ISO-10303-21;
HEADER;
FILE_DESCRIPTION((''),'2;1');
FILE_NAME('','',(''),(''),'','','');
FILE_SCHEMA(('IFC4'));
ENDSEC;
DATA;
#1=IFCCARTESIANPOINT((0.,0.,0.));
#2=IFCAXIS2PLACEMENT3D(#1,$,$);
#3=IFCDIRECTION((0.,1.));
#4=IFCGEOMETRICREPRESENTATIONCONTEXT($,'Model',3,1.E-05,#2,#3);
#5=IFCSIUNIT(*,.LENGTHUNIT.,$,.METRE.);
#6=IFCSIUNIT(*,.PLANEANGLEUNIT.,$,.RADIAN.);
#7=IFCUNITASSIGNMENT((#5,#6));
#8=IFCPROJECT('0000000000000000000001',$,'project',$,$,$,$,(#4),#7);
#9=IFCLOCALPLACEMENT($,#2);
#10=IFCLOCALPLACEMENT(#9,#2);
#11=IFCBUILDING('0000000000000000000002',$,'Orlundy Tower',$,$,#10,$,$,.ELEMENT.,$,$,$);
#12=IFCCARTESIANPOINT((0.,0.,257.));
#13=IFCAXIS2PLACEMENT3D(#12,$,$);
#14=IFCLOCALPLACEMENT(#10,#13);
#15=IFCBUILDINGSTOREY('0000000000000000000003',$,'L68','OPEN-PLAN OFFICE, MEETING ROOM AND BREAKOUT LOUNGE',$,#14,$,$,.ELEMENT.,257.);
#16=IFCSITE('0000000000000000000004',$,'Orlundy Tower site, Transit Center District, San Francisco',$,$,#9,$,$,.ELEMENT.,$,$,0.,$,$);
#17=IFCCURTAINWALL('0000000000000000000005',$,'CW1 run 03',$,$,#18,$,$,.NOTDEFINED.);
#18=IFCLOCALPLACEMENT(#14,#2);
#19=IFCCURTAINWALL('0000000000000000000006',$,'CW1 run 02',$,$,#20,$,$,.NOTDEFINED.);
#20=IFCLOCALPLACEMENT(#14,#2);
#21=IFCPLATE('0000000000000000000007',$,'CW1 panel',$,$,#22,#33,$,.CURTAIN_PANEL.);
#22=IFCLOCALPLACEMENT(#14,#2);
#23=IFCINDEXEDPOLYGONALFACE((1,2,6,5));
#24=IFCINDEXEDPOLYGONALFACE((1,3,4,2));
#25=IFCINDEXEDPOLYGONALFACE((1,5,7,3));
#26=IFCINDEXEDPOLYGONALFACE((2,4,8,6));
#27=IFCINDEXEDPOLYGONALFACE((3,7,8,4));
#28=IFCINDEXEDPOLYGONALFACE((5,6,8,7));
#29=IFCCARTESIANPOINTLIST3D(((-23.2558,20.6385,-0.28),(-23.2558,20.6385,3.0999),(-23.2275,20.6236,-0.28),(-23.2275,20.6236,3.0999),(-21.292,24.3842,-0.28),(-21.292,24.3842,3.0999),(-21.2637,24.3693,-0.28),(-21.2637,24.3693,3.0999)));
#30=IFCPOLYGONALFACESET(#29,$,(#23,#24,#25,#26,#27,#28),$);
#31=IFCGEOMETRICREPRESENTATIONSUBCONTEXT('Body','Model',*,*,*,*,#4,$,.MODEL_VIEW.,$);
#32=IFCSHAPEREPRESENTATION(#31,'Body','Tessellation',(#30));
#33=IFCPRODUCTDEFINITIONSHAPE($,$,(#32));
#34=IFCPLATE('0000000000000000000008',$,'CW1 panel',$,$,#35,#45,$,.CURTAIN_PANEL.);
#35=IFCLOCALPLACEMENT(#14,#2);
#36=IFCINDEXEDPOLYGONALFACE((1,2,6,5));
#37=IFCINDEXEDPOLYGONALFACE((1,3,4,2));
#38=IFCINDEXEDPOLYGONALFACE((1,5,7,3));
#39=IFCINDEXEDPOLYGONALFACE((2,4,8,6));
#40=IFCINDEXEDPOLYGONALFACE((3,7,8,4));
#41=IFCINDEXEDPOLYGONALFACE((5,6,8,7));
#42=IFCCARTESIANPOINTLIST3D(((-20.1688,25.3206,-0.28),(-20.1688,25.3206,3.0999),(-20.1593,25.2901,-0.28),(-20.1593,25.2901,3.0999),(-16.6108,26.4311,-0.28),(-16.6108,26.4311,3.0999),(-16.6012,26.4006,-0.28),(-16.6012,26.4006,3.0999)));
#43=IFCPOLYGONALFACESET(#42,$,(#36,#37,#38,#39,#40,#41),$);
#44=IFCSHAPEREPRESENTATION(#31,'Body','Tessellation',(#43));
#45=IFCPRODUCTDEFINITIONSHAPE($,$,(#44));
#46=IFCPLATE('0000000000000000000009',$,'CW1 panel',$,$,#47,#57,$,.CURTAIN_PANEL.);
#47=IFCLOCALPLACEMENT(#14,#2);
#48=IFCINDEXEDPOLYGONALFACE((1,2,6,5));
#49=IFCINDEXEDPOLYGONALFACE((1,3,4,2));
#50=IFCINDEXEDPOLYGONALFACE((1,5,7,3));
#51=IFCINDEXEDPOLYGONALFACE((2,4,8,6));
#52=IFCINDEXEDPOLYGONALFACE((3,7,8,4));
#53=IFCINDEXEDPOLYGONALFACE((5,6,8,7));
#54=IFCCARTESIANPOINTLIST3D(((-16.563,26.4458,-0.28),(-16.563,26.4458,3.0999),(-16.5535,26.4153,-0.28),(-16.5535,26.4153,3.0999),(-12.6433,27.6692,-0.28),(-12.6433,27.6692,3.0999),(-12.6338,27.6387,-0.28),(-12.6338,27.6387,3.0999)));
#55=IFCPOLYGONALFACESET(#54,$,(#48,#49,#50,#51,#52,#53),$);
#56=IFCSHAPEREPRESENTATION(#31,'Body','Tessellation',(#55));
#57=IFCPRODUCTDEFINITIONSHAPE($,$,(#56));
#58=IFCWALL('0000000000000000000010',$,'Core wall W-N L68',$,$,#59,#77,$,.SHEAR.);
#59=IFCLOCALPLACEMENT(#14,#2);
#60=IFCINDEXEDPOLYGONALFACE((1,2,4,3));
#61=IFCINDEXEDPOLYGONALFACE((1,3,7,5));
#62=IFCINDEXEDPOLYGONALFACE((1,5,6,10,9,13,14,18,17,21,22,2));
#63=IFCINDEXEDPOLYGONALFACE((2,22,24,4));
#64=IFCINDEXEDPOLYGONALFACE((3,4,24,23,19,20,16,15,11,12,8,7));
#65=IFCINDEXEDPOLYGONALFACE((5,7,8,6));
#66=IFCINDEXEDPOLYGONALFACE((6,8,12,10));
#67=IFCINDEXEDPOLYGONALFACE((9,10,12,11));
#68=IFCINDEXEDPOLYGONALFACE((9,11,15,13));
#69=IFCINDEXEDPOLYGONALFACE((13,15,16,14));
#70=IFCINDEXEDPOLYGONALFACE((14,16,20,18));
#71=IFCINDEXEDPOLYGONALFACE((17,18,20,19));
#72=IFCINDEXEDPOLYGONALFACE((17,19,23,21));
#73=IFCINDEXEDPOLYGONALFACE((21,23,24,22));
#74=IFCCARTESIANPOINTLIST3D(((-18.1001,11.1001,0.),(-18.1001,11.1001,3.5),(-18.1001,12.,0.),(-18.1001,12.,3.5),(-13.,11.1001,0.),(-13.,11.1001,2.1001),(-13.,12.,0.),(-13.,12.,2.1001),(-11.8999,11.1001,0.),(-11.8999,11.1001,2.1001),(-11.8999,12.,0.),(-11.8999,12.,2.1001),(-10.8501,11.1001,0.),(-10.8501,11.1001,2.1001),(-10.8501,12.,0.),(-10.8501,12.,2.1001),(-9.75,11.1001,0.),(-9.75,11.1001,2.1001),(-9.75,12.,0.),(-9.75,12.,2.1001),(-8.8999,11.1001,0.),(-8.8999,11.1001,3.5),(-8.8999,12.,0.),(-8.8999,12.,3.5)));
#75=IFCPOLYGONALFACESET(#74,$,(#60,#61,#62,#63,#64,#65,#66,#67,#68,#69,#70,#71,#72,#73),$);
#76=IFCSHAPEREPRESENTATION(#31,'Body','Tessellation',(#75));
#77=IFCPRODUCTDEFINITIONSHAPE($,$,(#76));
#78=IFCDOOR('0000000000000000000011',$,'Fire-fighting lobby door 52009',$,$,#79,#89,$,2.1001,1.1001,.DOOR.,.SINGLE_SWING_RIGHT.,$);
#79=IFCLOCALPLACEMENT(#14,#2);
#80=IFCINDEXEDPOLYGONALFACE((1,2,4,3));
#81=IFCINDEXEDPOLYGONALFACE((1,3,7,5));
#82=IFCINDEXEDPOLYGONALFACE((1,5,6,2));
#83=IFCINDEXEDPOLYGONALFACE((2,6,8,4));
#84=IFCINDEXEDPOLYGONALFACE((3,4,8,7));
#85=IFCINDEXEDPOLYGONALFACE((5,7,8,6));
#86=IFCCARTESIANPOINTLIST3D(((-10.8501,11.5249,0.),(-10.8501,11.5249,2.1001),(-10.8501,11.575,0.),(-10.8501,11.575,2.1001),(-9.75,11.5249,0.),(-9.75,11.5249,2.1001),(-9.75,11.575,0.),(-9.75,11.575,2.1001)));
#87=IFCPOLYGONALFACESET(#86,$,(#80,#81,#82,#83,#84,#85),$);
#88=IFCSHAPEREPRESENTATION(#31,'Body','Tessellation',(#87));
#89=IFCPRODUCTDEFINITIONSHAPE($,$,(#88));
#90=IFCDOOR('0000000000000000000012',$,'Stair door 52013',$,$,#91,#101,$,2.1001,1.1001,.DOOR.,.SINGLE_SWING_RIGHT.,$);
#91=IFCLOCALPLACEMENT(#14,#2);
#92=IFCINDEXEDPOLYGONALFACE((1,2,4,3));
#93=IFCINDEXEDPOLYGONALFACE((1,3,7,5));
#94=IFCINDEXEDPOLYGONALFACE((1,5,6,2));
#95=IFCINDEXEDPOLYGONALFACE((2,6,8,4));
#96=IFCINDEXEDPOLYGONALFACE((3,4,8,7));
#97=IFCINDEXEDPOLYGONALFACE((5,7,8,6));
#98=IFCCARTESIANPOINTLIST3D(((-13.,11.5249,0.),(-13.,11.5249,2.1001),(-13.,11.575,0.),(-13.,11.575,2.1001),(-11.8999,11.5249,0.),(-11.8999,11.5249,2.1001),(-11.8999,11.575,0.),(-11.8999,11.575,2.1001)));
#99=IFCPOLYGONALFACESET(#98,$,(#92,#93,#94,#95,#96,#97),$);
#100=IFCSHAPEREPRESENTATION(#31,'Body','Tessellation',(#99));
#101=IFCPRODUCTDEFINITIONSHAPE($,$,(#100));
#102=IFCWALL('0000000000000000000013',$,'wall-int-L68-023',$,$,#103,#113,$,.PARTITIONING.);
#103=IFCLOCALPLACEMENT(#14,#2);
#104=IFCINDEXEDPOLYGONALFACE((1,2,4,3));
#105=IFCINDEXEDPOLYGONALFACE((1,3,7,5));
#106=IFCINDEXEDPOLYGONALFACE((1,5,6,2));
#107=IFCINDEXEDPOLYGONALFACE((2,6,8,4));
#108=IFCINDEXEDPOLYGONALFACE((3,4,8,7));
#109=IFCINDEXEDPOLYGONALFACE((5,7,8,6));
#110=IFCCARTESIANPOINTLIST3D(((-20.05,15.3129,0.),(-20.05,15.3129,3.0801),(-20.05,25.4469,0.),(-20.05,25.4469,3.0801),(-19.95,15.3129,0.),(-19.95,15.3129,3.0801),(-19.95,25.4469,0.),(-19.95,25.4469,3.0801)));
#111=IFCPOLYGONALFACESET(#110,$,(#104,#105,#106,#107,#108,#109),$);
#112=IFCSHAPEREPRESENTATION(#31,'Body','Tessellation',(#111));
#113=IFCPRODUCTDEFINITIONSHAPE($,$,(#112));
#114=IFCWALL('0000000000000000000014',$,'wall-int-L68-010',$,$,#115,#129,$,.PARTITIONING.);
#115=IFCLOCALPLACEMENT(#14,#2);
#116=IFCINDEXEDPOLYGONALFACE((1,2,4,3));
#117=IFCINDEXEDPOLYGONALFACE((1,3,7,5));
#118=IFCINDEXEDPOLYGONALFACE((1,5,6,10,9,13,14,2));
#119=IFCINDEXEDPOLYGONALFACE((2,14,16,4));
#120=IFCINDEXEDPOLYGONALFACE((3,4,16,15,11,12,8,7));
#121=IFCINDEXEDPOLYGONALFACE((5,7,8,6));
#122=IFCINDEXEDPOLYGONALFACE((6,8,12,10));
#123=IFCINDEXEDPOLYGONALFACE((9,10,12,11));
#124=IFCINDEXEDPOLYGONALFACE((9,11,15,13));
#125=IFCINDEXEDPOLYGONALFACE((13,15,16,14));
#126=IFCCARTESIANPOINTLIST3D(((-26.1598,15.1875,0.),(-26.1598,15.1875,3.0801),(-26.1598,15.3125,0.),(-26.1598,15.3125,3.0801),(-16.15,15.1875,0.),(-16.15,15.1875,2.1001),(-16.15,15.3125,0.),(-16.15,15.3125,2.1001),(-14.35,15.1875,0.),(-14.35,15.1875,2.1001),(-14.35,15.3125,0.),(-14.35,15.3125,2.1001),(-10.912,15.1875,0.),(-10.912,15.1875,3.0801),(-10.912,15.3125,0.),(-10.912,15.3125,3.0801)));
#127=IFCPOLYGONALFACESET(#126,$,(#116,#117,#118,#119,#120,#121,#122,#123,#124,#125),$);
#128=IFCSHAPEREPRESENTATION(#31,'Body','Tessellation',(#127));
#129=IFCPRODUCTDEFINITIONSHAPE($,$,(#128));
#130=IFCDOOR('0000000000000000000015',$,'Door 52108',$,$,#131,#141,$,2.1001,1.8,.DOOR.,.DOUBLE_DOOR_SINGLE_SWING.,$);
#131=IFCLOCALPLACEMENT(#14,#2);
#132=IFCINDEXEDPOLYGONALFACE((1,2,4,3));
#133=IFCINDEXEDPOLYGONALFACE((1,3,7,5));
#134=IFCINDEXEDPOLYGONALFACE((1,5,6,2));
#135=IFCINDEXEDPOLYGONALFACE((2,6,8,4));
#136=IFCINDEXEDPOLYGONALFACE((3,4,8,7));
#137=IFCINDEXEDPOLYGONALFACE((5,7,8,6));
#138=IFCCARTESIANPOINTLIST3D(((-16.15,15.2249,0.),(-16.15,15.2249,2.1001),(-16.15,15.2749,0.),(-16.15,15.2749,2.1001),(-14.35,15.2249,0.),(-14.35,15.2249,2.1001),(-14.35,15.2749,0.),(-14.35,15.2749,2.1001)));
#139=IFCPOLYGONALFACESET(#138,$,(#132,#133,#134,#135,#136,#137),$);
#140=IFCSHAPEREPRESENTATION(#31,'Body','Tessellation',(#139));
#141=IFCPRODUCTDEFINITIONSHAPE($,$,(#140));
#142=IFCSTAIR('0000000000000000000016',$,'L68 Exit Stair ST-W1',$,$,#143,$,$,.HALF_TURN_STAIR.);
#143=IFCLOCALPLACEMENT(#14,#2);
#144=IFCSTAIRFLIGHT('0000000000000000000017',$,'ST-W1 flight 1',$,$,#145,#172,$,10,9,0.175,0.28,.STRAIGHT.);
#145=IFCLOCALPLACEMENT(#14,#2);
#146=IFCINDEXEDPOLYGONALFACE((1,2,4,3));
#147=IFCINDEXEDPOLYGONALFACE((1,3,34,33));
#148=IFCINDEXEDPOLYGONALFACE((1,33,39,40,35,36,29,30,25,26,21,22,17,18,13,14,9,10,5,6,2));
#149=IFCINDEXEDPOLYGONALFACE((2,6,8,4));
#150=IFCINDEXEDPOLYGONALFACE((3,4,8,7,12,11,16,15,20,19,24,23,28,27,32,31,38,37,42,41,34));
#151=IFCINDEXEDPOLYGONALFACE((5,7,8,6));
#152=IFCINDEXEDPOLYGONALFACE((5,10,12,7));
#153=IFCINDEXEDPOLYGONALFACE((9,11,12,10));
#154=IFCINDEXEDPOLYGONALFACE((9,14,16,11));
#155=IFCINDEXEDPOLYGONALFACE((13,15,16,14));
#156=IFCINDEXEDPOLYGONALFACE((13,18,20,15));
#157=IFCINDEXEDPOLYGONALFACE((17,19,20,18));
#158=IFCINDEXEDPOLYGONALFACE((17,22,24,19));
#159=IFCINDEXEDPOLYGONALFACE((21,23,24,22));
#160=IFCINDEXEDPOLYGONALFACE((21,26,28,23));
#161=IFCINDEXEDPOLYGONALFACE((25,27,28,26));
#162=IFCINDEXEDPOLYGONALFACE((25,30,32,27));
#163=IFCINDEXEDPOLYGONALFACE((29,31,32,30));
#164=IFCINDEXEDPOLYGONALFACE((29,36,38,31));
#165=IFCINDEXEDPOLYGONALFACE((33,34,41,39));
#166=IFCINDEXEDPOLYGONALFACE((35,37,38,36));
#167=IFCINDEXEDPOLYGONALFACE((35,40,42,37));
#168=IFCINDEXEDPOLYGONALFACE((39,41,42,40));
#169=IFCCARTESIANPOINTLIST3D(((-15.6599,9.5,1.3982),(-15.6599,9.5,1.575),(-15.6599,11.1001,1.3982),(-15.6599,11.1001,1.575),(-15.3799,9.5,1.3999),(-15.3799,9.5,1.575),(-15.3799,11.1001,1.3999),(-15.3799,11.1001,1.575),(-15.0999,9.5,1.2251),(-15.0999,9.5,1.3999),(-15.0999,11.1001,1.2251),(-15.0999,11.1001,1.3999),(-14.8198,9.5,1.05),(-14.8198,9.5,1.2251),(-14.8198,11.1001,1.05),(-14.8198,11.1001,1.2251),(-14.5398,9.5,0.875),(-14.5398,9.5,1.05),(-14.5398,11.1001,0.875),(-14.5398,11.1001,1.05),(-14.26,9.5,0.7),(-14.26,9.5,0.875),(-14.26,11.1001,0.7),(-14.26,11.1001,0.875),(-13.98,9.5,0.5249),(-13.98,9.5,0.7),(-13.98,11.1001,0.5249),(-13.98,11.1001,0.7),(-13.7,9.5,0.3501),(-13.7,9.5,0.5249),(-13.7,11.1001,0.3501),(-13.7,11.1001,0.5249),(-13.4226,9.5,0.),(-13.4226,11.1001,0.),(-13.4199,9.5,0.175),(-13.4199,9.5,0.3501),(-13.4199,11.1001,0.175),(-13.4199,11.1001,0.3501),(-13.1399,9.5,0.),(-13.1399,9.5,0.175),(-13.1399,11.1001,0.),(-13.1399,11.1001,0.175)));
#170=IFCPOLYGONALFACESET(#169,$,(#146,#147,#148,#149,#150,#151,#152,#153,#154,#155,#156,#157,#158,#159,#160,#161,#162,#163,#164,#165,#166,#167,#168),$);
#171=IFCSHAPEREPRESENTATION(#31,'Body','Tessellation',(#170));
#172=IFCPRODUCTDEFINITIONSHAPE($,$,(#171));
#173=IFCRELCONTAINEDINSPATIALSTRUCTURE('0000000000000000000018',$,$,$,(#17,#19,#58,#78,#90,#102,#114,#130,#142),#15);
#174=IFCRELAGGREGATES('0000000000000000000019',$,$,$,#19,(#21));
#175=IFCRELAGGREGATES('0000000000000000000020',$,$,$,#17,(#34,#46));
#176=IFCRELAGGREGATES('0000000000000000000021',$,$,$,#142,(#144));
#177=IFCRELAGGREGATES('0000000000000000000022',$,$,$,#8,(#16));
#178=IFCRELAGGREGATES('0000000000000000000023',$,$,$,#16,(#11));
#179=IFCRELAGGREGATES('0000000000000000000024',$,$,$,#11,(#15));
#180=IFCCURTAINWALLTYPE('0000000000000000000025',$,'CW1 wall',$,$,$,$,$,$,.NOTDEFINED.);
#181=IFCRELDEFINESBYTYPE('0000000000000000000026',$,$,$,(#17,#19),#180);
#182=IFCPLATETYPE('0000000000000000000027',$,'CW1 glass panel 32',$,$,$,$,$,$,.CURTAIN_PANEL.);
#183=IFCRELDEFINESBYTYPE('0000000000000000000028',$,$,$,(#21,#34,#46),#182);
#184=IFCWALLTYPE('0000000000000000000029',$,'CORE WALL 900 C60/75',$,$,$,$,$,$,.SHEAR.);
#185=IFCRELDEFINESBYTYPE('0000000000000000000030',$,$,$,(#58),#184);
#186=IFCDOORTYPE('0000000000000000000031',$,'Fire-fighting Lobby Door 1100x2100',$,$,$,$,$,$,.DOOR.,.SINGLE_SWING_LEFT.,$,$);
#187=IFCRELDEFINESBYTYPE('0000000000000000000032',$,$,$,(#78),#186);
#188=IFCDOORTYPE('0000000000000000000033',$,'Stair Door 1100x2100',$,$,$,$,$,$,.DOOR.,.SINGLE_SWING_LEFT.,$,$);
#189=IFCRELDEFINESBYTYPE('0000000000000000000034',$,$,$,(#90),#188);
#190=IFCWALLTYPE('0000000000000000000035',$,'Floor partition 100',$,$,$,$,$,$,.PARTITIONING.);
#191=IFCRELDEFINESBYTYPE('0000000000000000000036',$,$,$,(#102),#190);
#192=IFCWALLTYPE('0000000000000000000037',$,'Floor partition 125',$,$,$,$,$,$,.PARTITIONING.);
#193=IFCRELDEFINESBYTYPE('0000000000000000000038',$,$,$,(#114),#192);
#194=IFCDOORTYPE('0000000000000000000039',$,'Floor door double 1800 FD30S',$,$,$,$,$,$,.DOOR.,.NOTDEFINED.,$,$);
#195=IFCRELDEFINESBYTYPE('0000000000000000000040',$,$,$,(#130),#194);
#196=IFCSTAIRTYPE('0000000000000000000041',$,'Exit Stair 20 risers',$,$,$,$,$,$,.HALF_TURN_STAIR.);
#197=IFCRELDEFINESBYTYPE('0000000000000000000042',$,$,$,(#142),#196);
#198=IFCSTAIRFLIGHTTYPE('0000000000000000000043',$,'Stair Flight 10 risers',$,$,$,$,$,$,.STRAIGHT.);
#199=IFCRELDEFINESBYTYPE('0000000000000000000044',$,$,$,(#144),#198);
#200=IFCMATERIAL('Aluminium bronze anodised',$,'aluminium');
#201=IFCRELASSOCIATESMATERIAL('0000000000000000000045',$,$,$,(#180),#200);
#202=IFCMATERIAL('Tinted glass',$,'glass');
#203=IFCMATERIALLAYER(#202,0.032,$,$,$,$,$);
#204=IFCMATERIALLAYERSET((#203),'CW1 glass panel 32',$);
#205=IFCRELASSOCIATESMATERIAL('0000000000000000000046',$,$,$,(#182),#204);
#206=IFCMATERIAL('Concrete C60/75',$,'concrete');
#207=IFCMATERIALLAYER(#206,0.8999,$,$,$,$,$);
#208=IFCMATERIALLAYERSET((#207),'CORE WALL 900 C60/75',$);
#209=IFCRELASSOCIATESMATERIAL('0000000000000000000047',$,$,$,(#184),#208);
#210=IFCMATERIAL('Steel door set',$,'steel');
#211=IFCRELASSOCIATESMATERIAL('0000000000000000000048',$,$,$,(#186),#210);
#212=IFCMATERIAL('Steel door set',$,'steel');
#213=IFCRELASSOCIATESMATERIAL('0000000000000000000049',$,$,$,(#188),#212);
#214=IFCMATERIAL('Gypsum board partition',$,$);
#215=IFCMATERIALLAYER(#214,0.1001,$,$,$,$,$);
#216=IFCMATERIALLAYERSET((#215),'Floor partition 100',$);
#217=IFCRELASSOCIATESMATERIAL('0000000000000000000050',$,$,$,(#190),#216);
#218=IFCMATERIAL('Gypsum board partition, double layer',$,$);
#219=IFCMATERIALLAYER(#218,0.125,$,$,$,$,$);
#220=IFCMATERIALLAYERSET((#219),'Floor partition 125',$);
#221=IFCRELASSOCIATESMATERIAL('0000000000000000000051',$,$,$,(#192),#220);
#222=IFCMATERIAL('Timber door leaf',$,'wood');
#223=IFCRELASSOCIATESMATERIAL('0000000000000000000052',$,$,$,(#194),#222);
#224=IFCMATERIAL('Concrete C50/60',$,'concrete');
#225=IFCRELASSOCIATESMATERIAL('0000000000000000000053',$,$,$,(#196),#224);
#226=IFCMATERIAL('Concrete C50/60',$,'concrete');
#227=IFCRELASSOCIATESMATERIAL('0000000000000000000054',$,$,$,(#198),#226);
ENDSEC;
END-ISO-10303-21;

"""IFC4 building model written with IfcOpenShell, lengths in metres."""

from ifc_helpers import new_model, si_unit, direction, frame, frame_2d, origin, origin_2d, place, context, subcontext, project, spatial, polyline, rectangle, outline, extrude, material, layer, layer_set, type_object, element, fill, aggregate, save


model = new_model("IFC4")

# Units and contexts
model_context = context("Model", 3, precision=1e-05, world=origin(), true_north=direction((0.0, 1.0)))
body_context = subcontext(model_context, "Body", "Model", "MODEL_VIEW")
ifc_project = project(units=[si_unit("LENGTHUNIT", "METRE"), si_unit("PLANEANGLEUNIT", "RADIAN")], contexts=[model_context])

# Site, building, storey
site_placement = place(None, origin())
site = spatial("IfcSite", under=ifc_project, at=site_placement, Name="Orlundy Tower site, Transit Center District, San Francisco", CompositionType="ELEMENT", RefElevation=0.0)
building_placement = place(site_placement, origin())
building = spatial("IfcBuilding", under=site, at=building_placement, Name="Orlundy Tower", CompositionType="ELEMENT")
storey_placement = place(building_placement, frame((0.0, 0.0, 257.0)))
storey = spatial("IfcBuildingStorey", under=building, at=storey_placement, Name="L68", Description="OPEN-PLAN OFFICE, MEETING ROOM AND BREAKOUT LOUNGE", CompositionType="ELEMENT", Elevation=257.0)

# Curtain wall
ifc_material_1 = material(Name="Aluminium bronze anodised", Category="aluminium")
curtain_wall_type = type_object("IfcCurtainWallType", Name="CW1 wall", PredefinedType="NOTDEFINED", material=ifc_material_1)
curtain_wall_1_placement = place(storey_placement, origin())
curtain_wall_1 = element("IfcCurtainWall", 1, at=curtain_wall_1_placement, inside=storey, type_object=curtain_wall_type, Name="CW1 run 03", PredefinedType="NOTDEFINED")

# Curtain wall
curtain_wall_2_placement = place(storey_placement, origin())
curtain_wall_2 = element("IfcCurtainWall", 2, at=curtain_wall_2_placement, inside=storey, type_object=curtain_wall_type, Name="CW1 run 02", PredefinedType="NOTDEFINED")

# Plates
ifc_material_2 = material(Name="Tinted glass", Category="glass")
ifc_layer_1 = layer(ifc_material_2, 0.032)
ifc_layer_set_1 = layer_set([ifc_layer_1], Name="CW1 glass panel 32")
plate_type = type_object("IfcPlateType", Name="CW1 glass panel 32", PredefinedType="CURTAIN_PANEL", material=ifc_layer_set_1)
plate_1_placement = place(storey_placement, frame((-22.2598, 22.5039, -0.28), z_axis=(0.0, 0.0, 1.0), x_axis=(0.464336, 0.885659, 0.0)))
plate_1 = element("IfcPlate", 3, at=plate_1_placement, type_object=plate_type, Name="CW1 panel", PredefinedType="CURTAIN_PANEL", context=body_context, shape_type="SweptSolid", body=[
    extrude(rectangle(XDim=4.2292, YDim=0.032, at=origin_2d()), origin(), (0.0, 0.0, 1.0), 3.3799),
])
aggregate(curtain_wall_2, [plate_1])
plate_2_placement = place(storey_placement, frame((-18.385, 25.8606, -0.28), z_axis=(0.0, 0.0, 1.0), x_axis=(0.954586, 0.297935, 0.0)))
plate_2 = element("IfcPlate", 4, at=plate_2_placement, type_object=plate_type, Name="CW1 panel", PredefinedType="CURTAIN_PANEL", context=body_context, shape_type="SweptSolid", body=[
    extrude(rectangle(XDim=3.7273, YDim=0.032, at=origin_2d()), origin(), (0.0, 0.0, 1.0), 3.3799),
])
plate_3_placement = place(storey_placement, frame((-14.5984, 27.0422, -0.28), z_axis=(0.0, 0.0, 1.0), x_axis=(0.954586, 0.297935, 0.0)))
plate_3 = element("IfcPlate", 5, at=plate_3_placement, type_object=plate_type, Name="CW1 panel", PredefinedType="CURTAIN_PANEL", context=body_context, shape_type="SweptSolid", body=[
    extrude(rectangle(XDim=4.1062, YDim=0.032, at=origin_2d()), origin(), (0.0, 0.0, 1.0), 3.3799),
])
aggregate(curtain_wall_1, [plate_2, plate_3])

# Wall, openings, doors
ifc_material_3 = material(Name="Concrete C60/75", Category="concrete")
ifc_layer_2 = layer(ifc_material_3, 0.8999)
ifc_layer_set_2 = layer_set([ifc_layer_2], Name="CORE WALL 900 C60/75")
wall_type_1 = type_object("IfcWallType", Name="CORE WALL 900 C60/75", PredefinedType="SHEAR", material=ifc_layer_set_2)
wall_1_placement = place(storey_placement, frame((-18.1001, 11.55, 0.0), z_axis=(0.0, 0.0, 1.0), x_axis=(1.0, 0.0, 0.0)))
wall_1 = element("IfcWall", 6, at=wall_1_placement, inside=storey, type_object=wall_type_1, Name="Core wall W-N L68", PredefinedType="SHEAR", context=body_context, shape_type="SweptSolid", body=[
    extrude(rectangle(XDim=9.2002, YDim=0.8999, at=frame_2d((4.6001, 0.0))), origin(), (0.0, 0.0, 1.0), 3.5),
])
opening_1_placement = place(wall_1_placement, frame((7.25, 0.0, 0.0)))
opening_1 = element("IfcOpeningElement", 7, at=opening_1_placement, cuts=wall_1, PredefinedType="OPENING", context=body_context, shape_type="SweptSolid", body=[
    extrude(rectangle(XDim=1.1001, YDim=2.1001, at=frame_2d((0.55, 1.05))), frame((0.0, 0.46, 0.0), z_axis=(0.0, -1.0, 0.0), x_axis=(1.0, 0.0, 0.0)), (0.0, 0.0, 1.0), 0.9199),
])
opening_2_placement = place(wall_1_placement, frame((5.1001, 0.0, 0.0)))
opening_2 = element("IfcOpeningElement", 8, at=opening_2_placement, cuts=wall_1, PredefinedType="OPENING", context=body_context, shape_type="SweptSolid", body=[
    extrude(rectangle(XDim=1.1001, YDim=2.1001, at=frame_2d((0.55, 1.05))), frame((0.0, 0.46, 0.0), z_axis=(0.0, -1.0, 0.0), x_axis=(1.0, 0.0, 0.0)), (0.0, 0.0, 1.0), 0.9199),
])
ifc_material_4 = material(Name="Steel door set", Category="steel")
door_type_1 = type_object("IfcDoorType", Name="Fire-fighting Lobby Door 1100x2100", OperationType="SINGLE_SWING_LEFT", PredefinedType="DOOR", material=ifc_material_4)
door_1_placement = place(opening_1_placement, origin())
door_1 = element("IfcDoor", 9, at=door_1_placement, inside=storey, type_object=door_type_1, Name="Fire-fighting lobby door 52009", OperationType="SINGLE_SWING_RIGHT", OverallHeight=2.1001, OverallWidth=1.1001, PredefinedType="DOOR", context=body_context, shape_type="SweptSolid", body=[
    extrude(rectangle(XDim=1.1001, YDim=2.1001, at=frame_2d((0.55, 1.05))), frame((0.0, 0.0249, 0.0), z_axis=(0.0, -1.0, 0.0), x_axis=(1.0, 0.0, 0.0)), (0.0, 0.0, 1.0), 0.05),
])
fill(opening_1, door_1)
ifc_material_5 = material(Name="Steel door set", Category="steel")
door_type_2 = type_object("IfcDoorType", Name="Stair Door 1100x2100", OperationType="SINGLE_SWING_LEFT", PredefinedType="DOOR", material=ifc_material_5)
door_2_placement = place(opening_2_placement, origin())
door_2 = element("IfcDoor", 10, at=door_2_placement, inside=storey, type_object=door_type_2, Name="Stair door 52013", OperationType="SINGLE_SWING_RIGHT", OverallHeight=2.1001, OverallWidth=1.1001, PredefinedType="DOOR", context=body_context, shape_type="SweptSolid", body=[
    extrude(rectangle(XDim=1.1001, YDim=2.1001, at=frame_2d((0.55, 1.05))), frame((0.0, 0.0249, 0.0), z_axis=(0.0, -1.0, 0.0), x_axis=(1.0, 0.0, 0.0)), (0.0, 0.0, 1.0), 0.05),
])
fill(opening_2, door_2)

# Wall
ifc_material_6 = material(Name="Gypsum board partition")
ifc_layer_3 = layer(ifc_material_6, 0.1001)
ifc_layer_set_3 = layer_set([ifc_layer_3], Name="Floor partition 100")
wall_type_2 = type_object("IfcWallType", Name="Floor partition 100", PredefinedType="PARTITIONING", material=ifc_layer_set_3)
wall_2_placement = place(storey_placement, frame((-20.0, 15.313, 0.0), z_axis=(0.0, 0.0, 1.0), x_axis=(0.0, 1.0, 0.0)))
element("IfcWall", 11, at=wall_2_placement, inside=storey, type_object=wall_type_2, Name="wall-int-L68-023", PredefinedType="PARTITIONING", context=body_context, shape_type="SweptSolid", body=[
    extrude(rectangle(XDim=10.134, YDim=0.1001, at=frame_2d((5.0669, 0.0))), origin(), (0.0, 0.0, 1.0), 3.0801),
])

# Wall, opening, door
ifc_material_7 = material(Name="Gypsum board partition, double layer")
ifc_layer_4 = layer(ifc_material_7, 0.125)
ifc_layer_set_4 = layer_set([ifc_layer_4], Name="Floor partition 125")
wall_type_3 = type_object("IfcWallType", Name="Floor partition 125", PredefinedType="PARTITIONING", material=ifc_layer_set_4)
wall_3_placement = place(storey_placement, frame((-26.1599, 15.25, 0.0), z_axis=(0.0, 0.0, 1.0), x_axis=(1.0, 0.0, 0.0)))
wall_3 = element("IfcWall", 12, at=wall_3_placement, inside=storey, type_object=wall_type_3, Name="wall-int-L68-010", PredefinedType="PARTITIONING", context=body_context, shape_type="SweptSolid", body=[
    extrude(rectangle(XDim=15.2478, YDim=0.125, at=frame_2d((7.624, 0.0))), origin(), (0.0, 0.0, 1.0), 3.0801),
])
opening_3_placement = place(wall_3_placement, frame((10.01, 0.0, 0.0)))
opening_3 = element("IfcOpeningElement", 13, at=opening_3_placement, cuts=wall_3, PredefinedType="OPENING", context=body_context, shape_type="SweptSolid", body=[
    extrude(rectangle(XDim=1.8, YDim=2.1001, at=frame_2d((0.8999, 1.05))), frame((0.0, 0.0725, 0.0), z_axis=(0.0, -1.0, 0.0), x_axis=(1.0, 0.0, 0.0)), (0.0, 0.0, 1.0), 0.145),
])
ifc_material_8 = material(Name="Timber door leaf", Category="wood")
door_type_3 = type_object("IfcDoorType", Name="Floor door double 1800 FD30S", OperationType="NOTDEFINED", PredefinedType="DOOR", material=ifc_material_8)
door_3_placement = place(opening_3_placement, origin())
door_3 = element("IfcDoor", 14, at=door_3_placement, inside=storey, type_object=door_type_3, Name="Door 52108", OperationType="DOUBLE_DOOR_SINGLE_SWING", OverallHeight=2.1001, OverallWidth=1.8, PredefinedType="DOOR", context=body_context, shape_type="SweptSolid", body=[
    extrude(rectangle(XDim=1.8, YDim=2.1001, at=frame_2d((0.8999, 1.05))), frame((0.0, 0.0249, 0.0), z_axis=(0.0, -1.0, 0.0), x_axis=(1.0, 0.0, 0.0)), (0.0, 0.0, 1.0), 0.05),
])
fill(opening_3, door_3)

# Stair, stair flight
ifc_material_9 = material(Name="Concrete C50/60", Category="concrete")
stair_type = type_object("IfcStairType", Name="Exit Stair 20 risers", PredefinedType="HALF_TURN_STAIR", material=ifc_material_9)
stair_placement = place(storey_placement, origin())
stair = element("IfcStair", 15, at=stair_placement, inside=storey, type_object=stair_type, Name="L68 Exit Stair ST-W1", PredefinedType="HALF_TURN_STAIR")
ifc_material_10 = material(Name="Concrete C50/60", Category="concrete")
stair_flight_type = type_object("IfcStairFlightType", Name="Stair Flight 10 risers", PredefinedType="STRAIGHT", material=ifc_material_10)
stair_flight_placement = place(storey_placement, frame((-13.1399, 10.3, 0.0), z_axis=(0.0, 0.0, 1.0), x_axis=(-1.0, 0.0, 0.0)))
stair_flight = element("IfcStairFlight", 16, at=stair_flight_placement, type_object=stair_flight_type, Name="ST-W1 flight 1", NumberOfRisers=10, NumberOfTreads=9, PredefinedType="STRAIGHT", RiserHeight=0.175, TreadLength=0.28, context=body_context, shape_type="SweptSolid", body=[
    extrude(outline(polyline([(0.0, 0.0), (0.0, 0.175), (0.28, 0.175), (0.28, 0.3501), (0.5601, 0.3501), (0.5601, 0.5249), (0.8401, 0.5249), (0.8401, 0.7), (1.1201, 0.7), (1.1201, 0.875), (1.3999, 0.875), (1.3999, 1.05), (1.6799, 1.05), (1.6799, 1.2251), (1.96, 1.2251), (1.96, 1.3999), (2.24, 1.3999), (2.24, 1.575), (2.52, 1.575), (2.52, 1.75), (2.52, 1.3982), (0.2827, 0.0), (0.0, 0.0)])), frame((0.0, 0.8, 0.0), z_axis=(0.0, -1.0, 0.0), x_axis=(1.0, 0.0, 0.0)), (0.0, 0.0, 1.0), 1.6001),
])
aggregate(stair, [stair_flight])

save(model, "model.ifc")
